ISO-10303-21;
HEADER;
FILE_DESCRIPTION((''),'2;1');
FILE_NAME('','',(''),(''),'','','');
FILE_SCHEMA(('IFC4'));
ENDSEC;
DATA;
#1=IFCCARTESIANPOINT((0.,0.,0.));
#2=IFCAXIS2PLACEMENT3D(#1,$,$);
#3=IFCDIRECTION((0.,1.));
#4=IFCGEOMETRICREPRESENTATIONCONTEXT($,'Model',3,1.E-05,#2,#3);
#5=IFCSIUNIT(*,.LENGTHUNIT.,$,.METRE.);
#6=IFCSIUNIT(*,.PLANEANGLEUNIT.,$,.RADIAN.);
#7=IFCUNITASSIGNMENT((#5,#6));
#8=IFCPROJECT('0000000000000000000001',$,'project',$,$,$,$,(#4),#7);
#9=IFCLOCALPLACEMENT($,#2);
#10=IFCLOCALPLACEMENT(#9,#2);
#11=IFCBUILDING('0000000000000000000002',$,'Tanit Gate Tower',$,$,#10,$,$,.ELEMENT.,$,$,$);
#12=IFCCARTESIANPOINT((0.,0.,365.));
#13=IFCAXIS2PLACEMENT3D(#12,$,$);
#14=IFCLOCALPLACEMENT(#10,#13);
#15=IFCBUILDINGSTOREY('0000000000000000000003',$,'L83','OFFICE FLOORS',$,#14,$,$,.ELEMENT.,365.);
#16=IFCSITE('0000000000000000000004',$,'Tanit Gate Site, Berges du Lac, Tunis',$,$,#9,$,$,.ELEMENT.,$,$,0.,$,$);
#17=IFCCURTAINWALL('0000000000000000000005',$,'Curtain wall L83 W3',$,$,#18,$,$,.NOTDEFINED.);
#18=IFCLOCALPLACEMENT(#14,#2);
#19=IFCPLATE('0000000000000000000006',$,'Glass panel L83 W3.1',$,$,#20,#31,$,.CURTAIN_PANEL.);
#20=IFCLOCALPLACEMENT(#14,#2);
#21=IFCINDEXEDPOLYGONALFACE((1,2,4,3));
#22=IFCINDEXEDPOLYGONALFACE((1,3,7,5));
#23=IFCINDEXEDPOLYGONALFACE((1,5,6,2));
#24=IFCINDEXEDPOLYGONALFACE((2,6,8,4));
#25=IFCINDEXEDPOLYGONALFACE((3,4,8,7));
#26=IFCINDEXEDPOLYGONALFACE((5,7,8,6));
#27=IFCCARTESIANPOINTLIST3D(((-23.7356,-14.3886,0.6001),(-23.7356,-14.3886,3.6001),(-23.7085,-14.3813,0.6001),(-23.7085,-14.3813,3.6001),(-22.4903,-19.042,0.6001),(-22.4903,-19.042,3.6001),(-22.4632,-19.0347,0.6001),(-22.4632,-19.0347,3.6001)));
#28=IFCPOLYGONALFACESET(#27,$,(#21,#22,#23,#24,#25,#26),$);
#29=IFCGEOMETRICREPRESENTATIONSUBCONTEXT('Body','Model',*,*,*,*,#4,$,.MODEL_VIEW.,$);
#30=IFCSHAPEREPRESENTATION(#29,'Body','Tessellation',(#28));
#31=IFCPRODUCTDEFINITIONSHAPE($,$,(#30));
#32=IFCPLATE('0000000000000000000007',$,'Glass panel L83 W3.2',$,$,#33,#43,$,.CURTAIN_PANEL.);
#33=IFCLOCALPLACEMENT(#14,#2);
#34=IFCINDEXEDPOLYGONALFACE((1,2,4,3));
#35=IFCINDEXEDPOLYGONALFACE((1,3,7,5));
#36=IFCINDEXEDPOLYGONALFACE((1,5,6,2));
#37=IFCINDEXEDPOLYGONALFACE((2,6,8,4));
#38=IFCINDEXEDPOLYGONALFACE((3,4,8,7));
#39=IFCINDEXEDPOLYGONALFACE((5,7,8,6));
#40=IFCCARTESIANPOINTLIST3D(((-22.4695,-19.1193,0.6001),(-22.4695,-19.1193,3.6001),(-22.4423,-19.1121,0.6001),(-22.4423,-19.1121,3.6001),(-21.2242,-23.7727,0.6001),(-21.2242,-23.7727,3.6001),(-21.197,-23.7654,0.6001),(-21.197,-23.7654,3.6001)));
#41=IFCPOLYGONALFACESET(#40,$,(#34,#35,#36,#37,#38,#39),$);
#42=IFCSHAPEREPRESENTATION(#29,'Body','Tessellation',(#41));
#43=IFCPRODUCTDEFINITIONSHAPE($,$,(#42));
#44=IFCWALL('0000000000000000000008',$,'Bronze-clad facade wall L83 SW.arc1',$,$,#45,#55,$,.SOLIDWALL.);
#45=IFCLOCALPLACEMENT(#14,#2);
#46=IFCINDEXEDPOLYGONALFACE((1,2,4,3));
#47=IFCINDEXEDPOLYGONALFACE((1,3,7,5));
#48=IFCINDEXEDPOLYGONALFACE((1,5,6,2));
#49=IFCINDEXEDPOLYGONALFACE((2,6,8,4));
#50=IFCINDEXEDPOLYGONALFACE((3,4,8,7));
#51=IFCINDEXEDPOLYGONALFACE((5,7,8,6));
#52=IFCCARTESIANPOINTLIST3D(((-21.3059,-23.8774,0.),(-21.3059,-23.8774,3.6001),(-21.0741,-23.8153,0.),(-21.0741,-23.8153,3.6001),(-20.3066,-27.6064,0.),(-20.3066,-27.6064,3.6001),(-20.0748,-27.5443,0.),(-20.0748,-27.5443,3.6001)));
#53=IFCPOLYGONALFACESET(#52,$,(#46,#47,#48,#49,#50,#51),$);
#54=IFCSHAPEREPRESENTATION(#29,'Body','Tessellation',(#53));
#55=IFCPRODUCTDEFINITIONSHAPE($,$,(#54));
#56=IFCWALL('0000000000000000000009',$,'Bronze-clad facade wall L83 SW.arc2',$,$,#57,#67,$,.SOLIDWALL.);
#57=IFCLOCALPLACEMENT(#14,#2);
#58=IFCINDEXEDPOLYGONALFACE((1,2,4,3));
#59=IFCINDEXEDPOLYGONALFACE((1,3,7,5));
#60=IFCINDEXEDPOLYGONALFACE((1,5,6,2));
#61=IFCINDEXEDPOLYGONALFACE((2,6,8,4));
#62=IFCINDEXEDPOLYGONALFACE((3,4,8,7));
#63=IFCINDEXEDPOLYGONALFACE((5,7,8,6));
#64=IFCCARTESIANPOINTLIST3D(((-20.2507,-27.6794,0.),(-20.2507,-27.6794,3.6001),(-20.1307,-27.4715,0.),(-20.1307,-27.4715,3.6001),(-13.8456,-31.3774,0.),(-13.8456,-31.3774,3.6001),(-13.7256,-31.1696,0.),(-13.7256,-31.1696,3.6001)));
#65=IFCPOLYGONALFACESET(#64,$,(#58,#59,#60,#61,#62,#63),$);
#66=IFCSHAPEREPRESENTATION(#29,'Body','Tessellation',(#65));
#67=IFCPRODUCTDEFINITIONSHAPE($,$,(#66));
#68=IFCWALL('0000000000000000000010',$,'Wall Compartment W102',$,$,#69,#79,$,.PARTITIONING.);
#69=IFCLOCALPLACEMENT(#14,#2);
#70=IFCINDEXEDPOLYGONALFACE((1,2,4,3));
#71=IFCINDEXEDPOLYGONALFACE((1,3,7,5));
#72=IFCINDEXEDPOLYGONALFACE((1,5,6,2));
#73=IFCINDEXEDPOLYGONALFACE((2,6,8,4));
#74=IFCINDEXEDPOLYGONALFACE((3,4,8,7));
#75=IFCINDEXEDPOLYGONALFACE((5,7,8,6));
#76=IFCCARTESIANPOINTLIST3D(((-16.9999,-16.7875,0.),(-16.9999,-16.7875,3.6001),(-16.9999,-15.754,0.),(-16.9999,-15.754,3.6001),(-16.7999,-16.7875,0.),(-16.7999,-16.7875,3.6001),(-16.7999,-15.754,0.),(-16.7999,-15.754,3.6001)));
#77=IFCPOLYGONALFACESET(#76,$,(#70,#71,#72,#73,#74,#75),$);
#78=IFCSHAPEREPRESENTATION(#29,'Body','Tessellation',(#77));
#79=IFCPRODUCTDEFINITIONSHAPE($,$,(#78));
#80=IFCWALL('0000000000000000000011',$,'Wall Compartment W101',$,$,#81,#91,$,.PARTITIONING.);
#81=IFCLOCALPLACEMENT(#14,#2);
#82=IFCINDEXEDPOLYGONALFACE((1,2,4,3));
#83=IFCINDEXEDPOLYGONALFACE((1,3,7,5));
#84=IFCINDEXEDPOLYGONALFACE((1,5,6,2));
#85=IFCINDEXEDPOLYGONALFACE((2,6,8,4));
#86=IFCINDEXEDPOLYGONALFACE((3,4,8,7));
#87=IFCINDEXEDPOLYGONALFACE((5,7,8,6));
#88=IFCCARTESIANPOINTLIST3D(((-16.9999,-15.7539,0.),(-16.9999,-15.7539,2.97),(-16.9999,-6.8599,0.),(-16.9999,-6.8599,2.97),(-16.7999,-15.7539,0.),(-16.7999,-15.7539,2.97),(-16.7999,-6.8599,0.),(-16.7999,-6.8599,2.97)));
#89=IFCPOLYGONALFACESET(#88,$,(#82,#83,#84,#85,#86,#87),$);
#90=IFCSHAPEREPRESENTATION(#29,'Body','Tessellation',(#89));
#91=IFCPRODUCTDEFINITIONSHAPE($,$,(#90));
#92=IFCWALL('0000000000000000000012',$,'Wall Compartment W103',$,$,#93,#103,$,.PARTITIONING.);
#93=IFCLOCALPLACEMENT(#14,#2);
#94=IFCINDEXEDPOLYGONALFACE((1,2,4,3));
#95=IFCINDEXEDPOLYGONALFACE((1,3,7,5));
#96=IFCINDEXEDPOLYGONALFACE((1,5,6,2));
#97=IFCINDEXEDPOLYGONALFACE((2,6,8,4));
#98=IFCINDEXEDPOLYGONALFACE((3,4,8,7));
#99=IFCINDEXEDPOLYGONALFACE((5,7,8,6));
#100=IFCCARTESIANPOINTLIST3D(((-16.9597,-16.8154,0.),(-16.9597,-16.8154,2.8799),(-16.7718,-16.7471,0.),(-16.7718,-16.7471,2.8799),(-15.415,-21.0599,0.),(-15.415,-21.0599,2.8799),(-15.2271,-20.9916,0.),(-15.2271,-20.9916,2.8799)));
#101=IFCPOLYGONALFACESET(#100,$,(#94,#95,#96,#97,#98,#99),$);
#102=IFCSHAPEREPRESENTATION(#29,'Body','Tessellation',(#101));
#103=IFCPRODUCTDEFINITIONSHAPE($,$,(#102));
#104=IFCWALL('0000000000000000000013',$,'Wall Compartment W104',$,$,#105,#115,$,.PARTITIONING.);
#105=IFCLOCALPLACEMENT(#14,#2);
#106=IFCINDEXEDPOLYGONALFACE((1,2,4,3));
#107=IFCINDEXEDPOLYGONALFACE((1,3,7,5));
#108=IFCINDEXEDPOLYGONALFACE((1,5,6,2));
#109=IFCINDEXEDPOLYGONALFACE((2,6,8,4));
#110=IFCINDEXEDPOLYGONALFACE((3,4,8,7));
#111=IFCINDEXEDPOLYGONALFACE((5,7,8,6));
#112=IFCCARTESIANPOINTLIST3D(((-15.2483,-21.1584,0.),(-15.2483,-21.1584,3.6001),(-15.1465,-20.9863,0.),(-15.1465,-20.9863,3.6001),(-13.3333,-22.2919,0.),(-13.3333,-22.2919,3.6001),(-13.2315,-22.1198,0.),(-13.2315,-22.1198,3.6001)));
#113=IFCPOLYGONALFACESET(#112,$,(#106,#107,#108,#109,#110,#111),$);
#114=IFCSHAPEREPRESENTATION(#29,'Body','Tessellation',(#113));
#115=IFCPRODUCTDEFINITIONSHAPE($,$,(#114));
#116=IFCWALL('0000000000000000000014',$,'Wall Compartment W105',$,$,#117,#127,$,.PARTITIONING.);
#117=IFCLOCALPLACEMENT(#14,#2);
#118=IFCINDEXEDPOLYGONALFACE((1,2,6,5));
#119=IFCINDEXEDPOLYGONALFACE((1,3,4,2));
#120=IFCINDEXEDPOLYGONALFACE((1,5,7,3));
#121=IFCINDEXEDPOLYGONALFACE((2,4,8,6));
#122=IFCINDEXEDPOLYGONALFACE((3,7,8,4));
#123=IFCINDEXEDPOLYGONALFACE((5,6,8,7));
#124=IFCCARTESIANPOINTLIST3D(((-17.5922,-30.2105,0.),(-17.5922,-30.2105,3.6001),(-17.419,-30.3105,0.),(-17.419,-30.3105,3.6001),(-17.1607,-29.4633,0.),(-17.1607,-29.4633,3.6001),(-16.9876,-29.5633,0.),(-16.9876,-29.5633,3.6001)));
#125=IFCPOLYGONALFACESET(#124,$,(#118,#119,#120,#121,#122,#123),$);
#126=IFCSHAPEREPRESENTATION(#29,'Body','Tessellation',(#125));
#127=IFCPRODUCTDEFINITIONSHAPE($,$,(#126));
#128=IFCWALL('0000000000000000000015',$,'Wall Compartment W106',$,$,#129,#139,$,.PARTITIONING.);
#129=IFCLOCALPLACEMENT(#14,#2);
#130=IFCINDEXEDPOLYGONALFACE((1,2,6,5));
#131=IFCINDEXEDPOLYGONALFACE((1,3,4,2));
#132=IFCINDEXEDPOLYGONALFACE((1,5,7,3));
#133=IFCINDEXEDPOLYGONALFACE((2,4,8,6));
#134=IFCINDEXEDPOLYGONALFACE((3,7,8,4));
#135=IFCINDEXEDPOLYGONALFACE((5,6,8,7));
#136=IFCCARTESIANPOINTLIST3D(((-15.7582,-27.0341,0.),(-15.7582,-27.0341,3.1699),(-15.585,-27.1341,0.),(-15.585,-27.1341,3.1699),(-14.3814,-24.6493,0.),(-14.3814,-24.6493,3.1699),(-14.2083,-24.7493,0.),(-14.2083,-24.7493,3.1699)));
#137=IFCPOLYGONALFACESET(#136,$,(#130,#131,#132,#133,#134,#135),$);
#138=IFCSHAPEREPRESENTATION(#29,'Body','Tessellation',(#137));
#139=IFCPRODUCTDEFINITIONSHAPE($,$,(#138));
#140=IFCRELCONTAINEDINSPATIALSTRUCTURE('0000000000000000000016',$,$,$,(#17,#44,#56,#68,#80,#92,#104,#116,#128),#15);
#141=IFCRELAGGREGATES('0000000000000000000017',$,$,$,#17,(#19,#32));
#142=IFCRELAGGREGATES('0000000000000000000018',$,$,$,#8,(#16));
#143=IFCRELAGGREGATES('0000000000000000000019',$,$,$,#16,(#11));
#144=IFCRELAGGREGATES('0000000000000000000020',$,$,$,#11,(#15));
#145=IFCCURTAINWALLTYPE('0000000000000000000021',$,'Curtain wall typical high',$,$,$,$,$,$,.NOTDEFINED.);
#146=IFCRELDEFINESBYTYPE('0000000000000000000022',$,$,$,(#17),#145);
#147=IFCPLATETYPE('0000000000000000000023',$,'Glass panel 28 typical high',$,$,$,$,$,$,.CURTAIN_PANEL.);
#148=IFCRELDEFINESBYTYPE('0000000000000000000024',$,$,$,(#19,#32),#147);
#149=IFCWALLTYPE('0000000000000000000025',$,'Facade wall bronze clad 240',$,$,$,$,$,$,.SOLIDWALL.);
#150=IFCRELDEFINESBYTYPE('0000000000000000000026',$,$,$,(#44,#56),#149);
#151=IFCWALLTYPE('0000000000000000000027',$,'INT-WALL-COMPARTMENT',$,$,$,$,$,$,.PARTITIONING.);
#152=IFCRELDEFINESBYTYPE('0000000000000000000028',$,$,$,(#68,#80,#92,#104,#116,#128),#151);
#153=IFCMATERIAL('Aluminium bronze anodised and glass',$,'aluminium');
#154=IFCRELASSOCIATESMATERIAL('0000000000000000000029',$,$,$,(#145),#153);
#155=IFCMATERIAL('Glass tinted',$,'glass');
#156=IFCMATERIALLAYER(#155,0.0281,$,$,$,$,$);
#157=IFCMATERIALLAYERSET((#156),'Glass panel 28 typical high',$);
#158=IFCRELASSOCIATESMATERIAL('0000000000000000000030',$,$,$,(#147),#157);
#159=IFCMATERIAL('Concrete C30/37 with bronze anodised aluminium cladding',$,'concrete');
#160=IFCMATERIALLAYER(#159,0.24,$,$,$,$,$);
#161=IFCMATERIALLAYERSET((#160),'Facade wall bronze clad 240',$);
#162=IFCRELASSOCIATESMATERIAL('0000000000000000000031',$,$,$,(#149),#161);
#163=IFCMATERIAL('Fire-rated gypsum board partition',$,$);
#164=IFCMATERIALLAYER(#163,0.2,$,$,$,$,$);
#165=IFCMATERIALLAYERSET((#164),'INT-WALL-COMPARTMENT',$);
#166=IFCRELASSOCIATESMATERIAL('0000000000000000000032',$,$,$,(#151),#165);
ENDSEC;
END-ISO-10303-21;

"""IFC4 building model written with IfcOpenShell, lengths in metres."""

from ifc_helpers import new_model, si_unit, direction, frame, frame_2d, origin, origin_2d, place, context, subcontext, project, spatial, rectangle, extrude, material, layer, layer_set, type_object, element, aggregate, save


model = new_model("IFC4")

# Units and contexts
model_context = context("Model", 3, precision=1e-05, world=origin(), true_north=direction((0.0, 1.0)))
body_context = subcontext(model_context, "Body", "Model", "MODEL_VIEW")
ifc_project = project(units=[si_unit("LENGTHUNIT", "METRE"), si_unit("PLANEANGLEUNIT", "RADIAN")], contexts=[model_context])

# Site, building, storey
site_placement = place(None, origin())
site = spatial("IfcSite", under=ifc_project, at=site_placement, Name="Tanit Gate Site, Berges du Lac, Tunis", CompositionType="ELEMENT", RefElevation=0.0)
building_placement = place(site_placement, origin())
building = spatial("IfcBuilding", under=site, at=building_placement, Name="Tanit Gate Tower", CompositionType="ELEMENT")
storey_placement = place(building_placement, frame((0.0, 0.0, 365.0)))
storey = spatial("IfcBuildingStorey", under=building, at=storey_placement, Name="L83", Description="OFFICE FLOORS", CompositionType="ELEMENT", Elevation=365.0)

# Curtain wall
ifc_material_1 = material(Name="Aluminium bronze anodised and glass", Category="aluminium")
curtain_wall_type = type_object("IfcCurtainWallType", Name="Curtain wall typical high", PredefinedType="NOTDEFINED", material=ifc_material_1)
curtain_wall_placement = place(storey_placement, origin())
curtain_wall = element("IfcCurtainWall", 1, at=curtain_wall_placement, inside=storey, type_object=curtain_wall_type, Name="Curtain wall L83 W3", PredefinedType="NOTDEFINED")

# Plates
ifc_material_2 = material(Name="Glass tinted", Category="glass")
ifc_layer_1 = layer(ifc_material_2, 0.0281)
ifc_layer_set_1 = layer_set([ifc_layer_1], Name="Glass panel 28 typical high")
plate_type = type_object("IfcPlateType", Name="Glass panel 28 typical high", PredefinedType="CURTAIN_PANEL", material=ifc_layer_set_1)
plate_1_placement = place(storey_placement, frame((-23.0994, -16.7117, 0.6001), z_axis=(0.0, 0.0, 1.0), x_axis=(0.258516, -0.966007, 0.0)))
plate_1 = element("IfcPlate", 2, at=plate_1_placement, type_object=plate_type, Name="Glass panel L83 W3.1", PredefinedType="CURTAIN_PANEL", context=body_context, shape_type="SweptSolid", body=[
    extrude(rectangle(XDim=4.8171, YDim=0.0281, at=origin_2d()), origin(), (0.0, 0.0, 1.0), 3.0),
])
plate_2_placement = place(storey_placement, frame((-21.8333, -21.4424, 0.6001), z_axis=(0.0, 0.0, 1.0), x_axis=(0.258516, -0.966007, 0.0)))
plate_2 = element("IfcPlate", 3, at=plate_2_placement, type_object=plate_type, Name="Glass panel L83 W3.2", PredefinedType="CURTAIN_PANEL", context=body_context, shape_type="SweptSolid", body=[
    extrude(rectangle(XDim=4.8171, YDim=0.0281, at=origin_2d()), origin(), (0.0, 0.0, 1.0), 3.0),
])
aggregate(curtain_wall, [plate_1, plate_2])

# Walls
ifc_material_3 = material(Name="Concrete C30/37 with bronze anodised aluminium cladding", Category="concrete")
ifc_layer_2 = layer(ifc_material_3, 0.24)
ifc_layer_set_2 = layer_set([ifc_layer_2], Name="Facade wall bronze clad 240")
wall_type_1 = type_object("IfcWallType", Name="Facade wall bronze clad 240", PredefinedType="SOLIDWALL", material=ifc_layer_set_2)
wall_1_placement = place(storey_placement, frame((-21.1899, -23.8464, 0.0), z_axis=(0.0, 0.0, 1.0), x_axis=(0.258839, -0.96592, 0.0)))
element("IfcWall", 4, at=wall_1_placement, inside=storey, type_object=wall_type_1, Name="Bronze-clad facade wall L83 SW.arc1", PredefinedType="SOLIDWALL", context=body_context, shape_type="SweptSolid", body=[
    extrude(rectangle(XDim=3.8606, YDim=0.24, at=frame_2d((1.9302, 0.0))), origin(), (0.0, 0.0, 1.0), 3.6001),
])
wall_2_placement = place(storey_placement, frame((-20.1907, -27.5754, 0.0), z_axis=(0.0, 0.0, 1.0), x_axis=(0.866022, -0.500005, 0.0)))
element("IfcWall", 5, at=wall_2_placement, inside=storey, type_object=wall_type_1, Name="Bronze-clad facade wall L83 SW.arc2", PredefinedType="SOLIDWALL", context=body_context, shape_type="SweptSolid", body=[
    extrude(rectangle(XDim=7.396, YDim=0.24, at=frame_2d((3.698, 0.0))), origin(), (0.0, 0.0, 1.0), 3.6001),
])
ifc_material_4 = material(Name="Fire-rated gypsum board partition")
ifc_layer_3 = layer(ifc_material_4, 0.2)
ifc_layer_set_3 = layer_set([ifc_layer_3], Name="INT-WALL-COMPARTMENT")
wall_type_2 = type_object("IfcWallType", Name="INT-WALL-COMPARTMENT", PredefinedType="PARTITIONING", material=ifc_layer_set_3)
wall_3_placement = place(storey_placement, frame((-16.8999, -16.7874, 0.0), z_axis=(0.0, 0.0, 1.0), x_axis=(0.0, 1.0, 0.0)))
element("IfcWall", 6, at=wall_3_placement, inside=storey, type_object=wall_type_2, Name="Wall Compartment W102", PredefinedType="PARTITIONING", context=body_context, shape_type="SweptSolid", body=[
    extrude(rectangle(XDim=1.0334, YDim=0.2, at=frame_2d((0.5166, 0.0))), origin(), (0.0, 0.0, 1.0), 3.6001),
])
wall_4_placement = place(storey_placement, frame((-16.8999, -15.7539, 0.0), z_axis=(0.0, 0.0, 1.0), x_axis=(0.0, 1.0, 0.0)))
element("IfcWall", 7, at=wall_4_placement, inside=storey, type_object=wall_type_2, Name="Wall Compartment W101", PredefinedType="PARTITIONING", context=body_context, shape_type="SweptSolid", body=[
    extrude(rectangle(XDim=8.894, YDim=0.2, at=frame_2d((4.447, 0.0))), origin(), (0.0, 0.0, 1.0), 2.97),
])
wall_5_placement = place(storey_placement, frame((-15.321, -21.0256, 0.0), z_axis=(0.0, 0.0, 1.0), x_axis=(-0.34199, 0.939703, 0.0)))
element("IfcWall", 8, at=wall_5_placement, inside=storey, type_object=wall_type_2, Name="Wall Compartment W103", PredefinedType="PARTITIONING", context=body_context, shape_type="SweptSolid", body=[
    extrude(rectangle(XDim=4.5168, YDim=0.2, at=frame_2d((2.2583, 0.0))), origin(), (0.0, 0.0, 1.0), 2.8799),
])
wall_6_placement = place(storey_placement, frame((-15.1975, -21.0723, 0.0), z_axis=(0.0, 0.0, 1.0), x_axis=(0.860546, -0.509372, 0.0)))
element("IfcWall", 9, at=wall_6_placement, inside=storey, type_object=wall_type_2, Name="Wall Compartment W104", PredefinedType="PARTITIONING", context=body_context, shape_type="SweptSolid", body=[
    extrude(rectangle(XDim=2.2253, YDim=0.2, at=frame_2d((1.1128, 0.0))), origin(), (0.0, 0.0, 1.0), 3.6001),
])
wall_7_placement = place(storey_placement, frame((-17.5056, -30.2605, 0.0), z_axis=(0.0, 0.0, 1.0), x_axis=(0.500065, 0.865988, 0.0)))
element("IfcWall", 10, at=wall_7_placement, inside=storey, type_object=wall_type_2, Name="Wall Compartment W105", PredefinedType="PARTITIONING", context=body_context, shape_type="SweptSolid", body=[
    extrude(rectangle(XDim=0.8628, YDim=0.2, at=frame_2d((0.4314, 0.0))), origin(), (0.0, 0.0, 1.0), 3.6001),
])
wall_8_placement = place(storey_placement, frame((-15.6716, -27.0842, 0.0), z_axis=(0.0, 0.0, 1.0), x_axis=(0.499963, 0.866047, 0.0)))
element("IfcWall", 11, at=wall_8_placement, inside=storey, type_object=wall_type_2, Name="Wall Compartment W106", PredefinedType="PARTITIONING", context=body_context, shape_type="SweptSolid", body=[
    extrude(rectangle(XDim=2.7537, YDim=0.2, at=frame_2d((1.377, 0.0))), origin(), (0.0, 0.0, 1.0), 3.1699),
])

save(model, "model.ifc")
